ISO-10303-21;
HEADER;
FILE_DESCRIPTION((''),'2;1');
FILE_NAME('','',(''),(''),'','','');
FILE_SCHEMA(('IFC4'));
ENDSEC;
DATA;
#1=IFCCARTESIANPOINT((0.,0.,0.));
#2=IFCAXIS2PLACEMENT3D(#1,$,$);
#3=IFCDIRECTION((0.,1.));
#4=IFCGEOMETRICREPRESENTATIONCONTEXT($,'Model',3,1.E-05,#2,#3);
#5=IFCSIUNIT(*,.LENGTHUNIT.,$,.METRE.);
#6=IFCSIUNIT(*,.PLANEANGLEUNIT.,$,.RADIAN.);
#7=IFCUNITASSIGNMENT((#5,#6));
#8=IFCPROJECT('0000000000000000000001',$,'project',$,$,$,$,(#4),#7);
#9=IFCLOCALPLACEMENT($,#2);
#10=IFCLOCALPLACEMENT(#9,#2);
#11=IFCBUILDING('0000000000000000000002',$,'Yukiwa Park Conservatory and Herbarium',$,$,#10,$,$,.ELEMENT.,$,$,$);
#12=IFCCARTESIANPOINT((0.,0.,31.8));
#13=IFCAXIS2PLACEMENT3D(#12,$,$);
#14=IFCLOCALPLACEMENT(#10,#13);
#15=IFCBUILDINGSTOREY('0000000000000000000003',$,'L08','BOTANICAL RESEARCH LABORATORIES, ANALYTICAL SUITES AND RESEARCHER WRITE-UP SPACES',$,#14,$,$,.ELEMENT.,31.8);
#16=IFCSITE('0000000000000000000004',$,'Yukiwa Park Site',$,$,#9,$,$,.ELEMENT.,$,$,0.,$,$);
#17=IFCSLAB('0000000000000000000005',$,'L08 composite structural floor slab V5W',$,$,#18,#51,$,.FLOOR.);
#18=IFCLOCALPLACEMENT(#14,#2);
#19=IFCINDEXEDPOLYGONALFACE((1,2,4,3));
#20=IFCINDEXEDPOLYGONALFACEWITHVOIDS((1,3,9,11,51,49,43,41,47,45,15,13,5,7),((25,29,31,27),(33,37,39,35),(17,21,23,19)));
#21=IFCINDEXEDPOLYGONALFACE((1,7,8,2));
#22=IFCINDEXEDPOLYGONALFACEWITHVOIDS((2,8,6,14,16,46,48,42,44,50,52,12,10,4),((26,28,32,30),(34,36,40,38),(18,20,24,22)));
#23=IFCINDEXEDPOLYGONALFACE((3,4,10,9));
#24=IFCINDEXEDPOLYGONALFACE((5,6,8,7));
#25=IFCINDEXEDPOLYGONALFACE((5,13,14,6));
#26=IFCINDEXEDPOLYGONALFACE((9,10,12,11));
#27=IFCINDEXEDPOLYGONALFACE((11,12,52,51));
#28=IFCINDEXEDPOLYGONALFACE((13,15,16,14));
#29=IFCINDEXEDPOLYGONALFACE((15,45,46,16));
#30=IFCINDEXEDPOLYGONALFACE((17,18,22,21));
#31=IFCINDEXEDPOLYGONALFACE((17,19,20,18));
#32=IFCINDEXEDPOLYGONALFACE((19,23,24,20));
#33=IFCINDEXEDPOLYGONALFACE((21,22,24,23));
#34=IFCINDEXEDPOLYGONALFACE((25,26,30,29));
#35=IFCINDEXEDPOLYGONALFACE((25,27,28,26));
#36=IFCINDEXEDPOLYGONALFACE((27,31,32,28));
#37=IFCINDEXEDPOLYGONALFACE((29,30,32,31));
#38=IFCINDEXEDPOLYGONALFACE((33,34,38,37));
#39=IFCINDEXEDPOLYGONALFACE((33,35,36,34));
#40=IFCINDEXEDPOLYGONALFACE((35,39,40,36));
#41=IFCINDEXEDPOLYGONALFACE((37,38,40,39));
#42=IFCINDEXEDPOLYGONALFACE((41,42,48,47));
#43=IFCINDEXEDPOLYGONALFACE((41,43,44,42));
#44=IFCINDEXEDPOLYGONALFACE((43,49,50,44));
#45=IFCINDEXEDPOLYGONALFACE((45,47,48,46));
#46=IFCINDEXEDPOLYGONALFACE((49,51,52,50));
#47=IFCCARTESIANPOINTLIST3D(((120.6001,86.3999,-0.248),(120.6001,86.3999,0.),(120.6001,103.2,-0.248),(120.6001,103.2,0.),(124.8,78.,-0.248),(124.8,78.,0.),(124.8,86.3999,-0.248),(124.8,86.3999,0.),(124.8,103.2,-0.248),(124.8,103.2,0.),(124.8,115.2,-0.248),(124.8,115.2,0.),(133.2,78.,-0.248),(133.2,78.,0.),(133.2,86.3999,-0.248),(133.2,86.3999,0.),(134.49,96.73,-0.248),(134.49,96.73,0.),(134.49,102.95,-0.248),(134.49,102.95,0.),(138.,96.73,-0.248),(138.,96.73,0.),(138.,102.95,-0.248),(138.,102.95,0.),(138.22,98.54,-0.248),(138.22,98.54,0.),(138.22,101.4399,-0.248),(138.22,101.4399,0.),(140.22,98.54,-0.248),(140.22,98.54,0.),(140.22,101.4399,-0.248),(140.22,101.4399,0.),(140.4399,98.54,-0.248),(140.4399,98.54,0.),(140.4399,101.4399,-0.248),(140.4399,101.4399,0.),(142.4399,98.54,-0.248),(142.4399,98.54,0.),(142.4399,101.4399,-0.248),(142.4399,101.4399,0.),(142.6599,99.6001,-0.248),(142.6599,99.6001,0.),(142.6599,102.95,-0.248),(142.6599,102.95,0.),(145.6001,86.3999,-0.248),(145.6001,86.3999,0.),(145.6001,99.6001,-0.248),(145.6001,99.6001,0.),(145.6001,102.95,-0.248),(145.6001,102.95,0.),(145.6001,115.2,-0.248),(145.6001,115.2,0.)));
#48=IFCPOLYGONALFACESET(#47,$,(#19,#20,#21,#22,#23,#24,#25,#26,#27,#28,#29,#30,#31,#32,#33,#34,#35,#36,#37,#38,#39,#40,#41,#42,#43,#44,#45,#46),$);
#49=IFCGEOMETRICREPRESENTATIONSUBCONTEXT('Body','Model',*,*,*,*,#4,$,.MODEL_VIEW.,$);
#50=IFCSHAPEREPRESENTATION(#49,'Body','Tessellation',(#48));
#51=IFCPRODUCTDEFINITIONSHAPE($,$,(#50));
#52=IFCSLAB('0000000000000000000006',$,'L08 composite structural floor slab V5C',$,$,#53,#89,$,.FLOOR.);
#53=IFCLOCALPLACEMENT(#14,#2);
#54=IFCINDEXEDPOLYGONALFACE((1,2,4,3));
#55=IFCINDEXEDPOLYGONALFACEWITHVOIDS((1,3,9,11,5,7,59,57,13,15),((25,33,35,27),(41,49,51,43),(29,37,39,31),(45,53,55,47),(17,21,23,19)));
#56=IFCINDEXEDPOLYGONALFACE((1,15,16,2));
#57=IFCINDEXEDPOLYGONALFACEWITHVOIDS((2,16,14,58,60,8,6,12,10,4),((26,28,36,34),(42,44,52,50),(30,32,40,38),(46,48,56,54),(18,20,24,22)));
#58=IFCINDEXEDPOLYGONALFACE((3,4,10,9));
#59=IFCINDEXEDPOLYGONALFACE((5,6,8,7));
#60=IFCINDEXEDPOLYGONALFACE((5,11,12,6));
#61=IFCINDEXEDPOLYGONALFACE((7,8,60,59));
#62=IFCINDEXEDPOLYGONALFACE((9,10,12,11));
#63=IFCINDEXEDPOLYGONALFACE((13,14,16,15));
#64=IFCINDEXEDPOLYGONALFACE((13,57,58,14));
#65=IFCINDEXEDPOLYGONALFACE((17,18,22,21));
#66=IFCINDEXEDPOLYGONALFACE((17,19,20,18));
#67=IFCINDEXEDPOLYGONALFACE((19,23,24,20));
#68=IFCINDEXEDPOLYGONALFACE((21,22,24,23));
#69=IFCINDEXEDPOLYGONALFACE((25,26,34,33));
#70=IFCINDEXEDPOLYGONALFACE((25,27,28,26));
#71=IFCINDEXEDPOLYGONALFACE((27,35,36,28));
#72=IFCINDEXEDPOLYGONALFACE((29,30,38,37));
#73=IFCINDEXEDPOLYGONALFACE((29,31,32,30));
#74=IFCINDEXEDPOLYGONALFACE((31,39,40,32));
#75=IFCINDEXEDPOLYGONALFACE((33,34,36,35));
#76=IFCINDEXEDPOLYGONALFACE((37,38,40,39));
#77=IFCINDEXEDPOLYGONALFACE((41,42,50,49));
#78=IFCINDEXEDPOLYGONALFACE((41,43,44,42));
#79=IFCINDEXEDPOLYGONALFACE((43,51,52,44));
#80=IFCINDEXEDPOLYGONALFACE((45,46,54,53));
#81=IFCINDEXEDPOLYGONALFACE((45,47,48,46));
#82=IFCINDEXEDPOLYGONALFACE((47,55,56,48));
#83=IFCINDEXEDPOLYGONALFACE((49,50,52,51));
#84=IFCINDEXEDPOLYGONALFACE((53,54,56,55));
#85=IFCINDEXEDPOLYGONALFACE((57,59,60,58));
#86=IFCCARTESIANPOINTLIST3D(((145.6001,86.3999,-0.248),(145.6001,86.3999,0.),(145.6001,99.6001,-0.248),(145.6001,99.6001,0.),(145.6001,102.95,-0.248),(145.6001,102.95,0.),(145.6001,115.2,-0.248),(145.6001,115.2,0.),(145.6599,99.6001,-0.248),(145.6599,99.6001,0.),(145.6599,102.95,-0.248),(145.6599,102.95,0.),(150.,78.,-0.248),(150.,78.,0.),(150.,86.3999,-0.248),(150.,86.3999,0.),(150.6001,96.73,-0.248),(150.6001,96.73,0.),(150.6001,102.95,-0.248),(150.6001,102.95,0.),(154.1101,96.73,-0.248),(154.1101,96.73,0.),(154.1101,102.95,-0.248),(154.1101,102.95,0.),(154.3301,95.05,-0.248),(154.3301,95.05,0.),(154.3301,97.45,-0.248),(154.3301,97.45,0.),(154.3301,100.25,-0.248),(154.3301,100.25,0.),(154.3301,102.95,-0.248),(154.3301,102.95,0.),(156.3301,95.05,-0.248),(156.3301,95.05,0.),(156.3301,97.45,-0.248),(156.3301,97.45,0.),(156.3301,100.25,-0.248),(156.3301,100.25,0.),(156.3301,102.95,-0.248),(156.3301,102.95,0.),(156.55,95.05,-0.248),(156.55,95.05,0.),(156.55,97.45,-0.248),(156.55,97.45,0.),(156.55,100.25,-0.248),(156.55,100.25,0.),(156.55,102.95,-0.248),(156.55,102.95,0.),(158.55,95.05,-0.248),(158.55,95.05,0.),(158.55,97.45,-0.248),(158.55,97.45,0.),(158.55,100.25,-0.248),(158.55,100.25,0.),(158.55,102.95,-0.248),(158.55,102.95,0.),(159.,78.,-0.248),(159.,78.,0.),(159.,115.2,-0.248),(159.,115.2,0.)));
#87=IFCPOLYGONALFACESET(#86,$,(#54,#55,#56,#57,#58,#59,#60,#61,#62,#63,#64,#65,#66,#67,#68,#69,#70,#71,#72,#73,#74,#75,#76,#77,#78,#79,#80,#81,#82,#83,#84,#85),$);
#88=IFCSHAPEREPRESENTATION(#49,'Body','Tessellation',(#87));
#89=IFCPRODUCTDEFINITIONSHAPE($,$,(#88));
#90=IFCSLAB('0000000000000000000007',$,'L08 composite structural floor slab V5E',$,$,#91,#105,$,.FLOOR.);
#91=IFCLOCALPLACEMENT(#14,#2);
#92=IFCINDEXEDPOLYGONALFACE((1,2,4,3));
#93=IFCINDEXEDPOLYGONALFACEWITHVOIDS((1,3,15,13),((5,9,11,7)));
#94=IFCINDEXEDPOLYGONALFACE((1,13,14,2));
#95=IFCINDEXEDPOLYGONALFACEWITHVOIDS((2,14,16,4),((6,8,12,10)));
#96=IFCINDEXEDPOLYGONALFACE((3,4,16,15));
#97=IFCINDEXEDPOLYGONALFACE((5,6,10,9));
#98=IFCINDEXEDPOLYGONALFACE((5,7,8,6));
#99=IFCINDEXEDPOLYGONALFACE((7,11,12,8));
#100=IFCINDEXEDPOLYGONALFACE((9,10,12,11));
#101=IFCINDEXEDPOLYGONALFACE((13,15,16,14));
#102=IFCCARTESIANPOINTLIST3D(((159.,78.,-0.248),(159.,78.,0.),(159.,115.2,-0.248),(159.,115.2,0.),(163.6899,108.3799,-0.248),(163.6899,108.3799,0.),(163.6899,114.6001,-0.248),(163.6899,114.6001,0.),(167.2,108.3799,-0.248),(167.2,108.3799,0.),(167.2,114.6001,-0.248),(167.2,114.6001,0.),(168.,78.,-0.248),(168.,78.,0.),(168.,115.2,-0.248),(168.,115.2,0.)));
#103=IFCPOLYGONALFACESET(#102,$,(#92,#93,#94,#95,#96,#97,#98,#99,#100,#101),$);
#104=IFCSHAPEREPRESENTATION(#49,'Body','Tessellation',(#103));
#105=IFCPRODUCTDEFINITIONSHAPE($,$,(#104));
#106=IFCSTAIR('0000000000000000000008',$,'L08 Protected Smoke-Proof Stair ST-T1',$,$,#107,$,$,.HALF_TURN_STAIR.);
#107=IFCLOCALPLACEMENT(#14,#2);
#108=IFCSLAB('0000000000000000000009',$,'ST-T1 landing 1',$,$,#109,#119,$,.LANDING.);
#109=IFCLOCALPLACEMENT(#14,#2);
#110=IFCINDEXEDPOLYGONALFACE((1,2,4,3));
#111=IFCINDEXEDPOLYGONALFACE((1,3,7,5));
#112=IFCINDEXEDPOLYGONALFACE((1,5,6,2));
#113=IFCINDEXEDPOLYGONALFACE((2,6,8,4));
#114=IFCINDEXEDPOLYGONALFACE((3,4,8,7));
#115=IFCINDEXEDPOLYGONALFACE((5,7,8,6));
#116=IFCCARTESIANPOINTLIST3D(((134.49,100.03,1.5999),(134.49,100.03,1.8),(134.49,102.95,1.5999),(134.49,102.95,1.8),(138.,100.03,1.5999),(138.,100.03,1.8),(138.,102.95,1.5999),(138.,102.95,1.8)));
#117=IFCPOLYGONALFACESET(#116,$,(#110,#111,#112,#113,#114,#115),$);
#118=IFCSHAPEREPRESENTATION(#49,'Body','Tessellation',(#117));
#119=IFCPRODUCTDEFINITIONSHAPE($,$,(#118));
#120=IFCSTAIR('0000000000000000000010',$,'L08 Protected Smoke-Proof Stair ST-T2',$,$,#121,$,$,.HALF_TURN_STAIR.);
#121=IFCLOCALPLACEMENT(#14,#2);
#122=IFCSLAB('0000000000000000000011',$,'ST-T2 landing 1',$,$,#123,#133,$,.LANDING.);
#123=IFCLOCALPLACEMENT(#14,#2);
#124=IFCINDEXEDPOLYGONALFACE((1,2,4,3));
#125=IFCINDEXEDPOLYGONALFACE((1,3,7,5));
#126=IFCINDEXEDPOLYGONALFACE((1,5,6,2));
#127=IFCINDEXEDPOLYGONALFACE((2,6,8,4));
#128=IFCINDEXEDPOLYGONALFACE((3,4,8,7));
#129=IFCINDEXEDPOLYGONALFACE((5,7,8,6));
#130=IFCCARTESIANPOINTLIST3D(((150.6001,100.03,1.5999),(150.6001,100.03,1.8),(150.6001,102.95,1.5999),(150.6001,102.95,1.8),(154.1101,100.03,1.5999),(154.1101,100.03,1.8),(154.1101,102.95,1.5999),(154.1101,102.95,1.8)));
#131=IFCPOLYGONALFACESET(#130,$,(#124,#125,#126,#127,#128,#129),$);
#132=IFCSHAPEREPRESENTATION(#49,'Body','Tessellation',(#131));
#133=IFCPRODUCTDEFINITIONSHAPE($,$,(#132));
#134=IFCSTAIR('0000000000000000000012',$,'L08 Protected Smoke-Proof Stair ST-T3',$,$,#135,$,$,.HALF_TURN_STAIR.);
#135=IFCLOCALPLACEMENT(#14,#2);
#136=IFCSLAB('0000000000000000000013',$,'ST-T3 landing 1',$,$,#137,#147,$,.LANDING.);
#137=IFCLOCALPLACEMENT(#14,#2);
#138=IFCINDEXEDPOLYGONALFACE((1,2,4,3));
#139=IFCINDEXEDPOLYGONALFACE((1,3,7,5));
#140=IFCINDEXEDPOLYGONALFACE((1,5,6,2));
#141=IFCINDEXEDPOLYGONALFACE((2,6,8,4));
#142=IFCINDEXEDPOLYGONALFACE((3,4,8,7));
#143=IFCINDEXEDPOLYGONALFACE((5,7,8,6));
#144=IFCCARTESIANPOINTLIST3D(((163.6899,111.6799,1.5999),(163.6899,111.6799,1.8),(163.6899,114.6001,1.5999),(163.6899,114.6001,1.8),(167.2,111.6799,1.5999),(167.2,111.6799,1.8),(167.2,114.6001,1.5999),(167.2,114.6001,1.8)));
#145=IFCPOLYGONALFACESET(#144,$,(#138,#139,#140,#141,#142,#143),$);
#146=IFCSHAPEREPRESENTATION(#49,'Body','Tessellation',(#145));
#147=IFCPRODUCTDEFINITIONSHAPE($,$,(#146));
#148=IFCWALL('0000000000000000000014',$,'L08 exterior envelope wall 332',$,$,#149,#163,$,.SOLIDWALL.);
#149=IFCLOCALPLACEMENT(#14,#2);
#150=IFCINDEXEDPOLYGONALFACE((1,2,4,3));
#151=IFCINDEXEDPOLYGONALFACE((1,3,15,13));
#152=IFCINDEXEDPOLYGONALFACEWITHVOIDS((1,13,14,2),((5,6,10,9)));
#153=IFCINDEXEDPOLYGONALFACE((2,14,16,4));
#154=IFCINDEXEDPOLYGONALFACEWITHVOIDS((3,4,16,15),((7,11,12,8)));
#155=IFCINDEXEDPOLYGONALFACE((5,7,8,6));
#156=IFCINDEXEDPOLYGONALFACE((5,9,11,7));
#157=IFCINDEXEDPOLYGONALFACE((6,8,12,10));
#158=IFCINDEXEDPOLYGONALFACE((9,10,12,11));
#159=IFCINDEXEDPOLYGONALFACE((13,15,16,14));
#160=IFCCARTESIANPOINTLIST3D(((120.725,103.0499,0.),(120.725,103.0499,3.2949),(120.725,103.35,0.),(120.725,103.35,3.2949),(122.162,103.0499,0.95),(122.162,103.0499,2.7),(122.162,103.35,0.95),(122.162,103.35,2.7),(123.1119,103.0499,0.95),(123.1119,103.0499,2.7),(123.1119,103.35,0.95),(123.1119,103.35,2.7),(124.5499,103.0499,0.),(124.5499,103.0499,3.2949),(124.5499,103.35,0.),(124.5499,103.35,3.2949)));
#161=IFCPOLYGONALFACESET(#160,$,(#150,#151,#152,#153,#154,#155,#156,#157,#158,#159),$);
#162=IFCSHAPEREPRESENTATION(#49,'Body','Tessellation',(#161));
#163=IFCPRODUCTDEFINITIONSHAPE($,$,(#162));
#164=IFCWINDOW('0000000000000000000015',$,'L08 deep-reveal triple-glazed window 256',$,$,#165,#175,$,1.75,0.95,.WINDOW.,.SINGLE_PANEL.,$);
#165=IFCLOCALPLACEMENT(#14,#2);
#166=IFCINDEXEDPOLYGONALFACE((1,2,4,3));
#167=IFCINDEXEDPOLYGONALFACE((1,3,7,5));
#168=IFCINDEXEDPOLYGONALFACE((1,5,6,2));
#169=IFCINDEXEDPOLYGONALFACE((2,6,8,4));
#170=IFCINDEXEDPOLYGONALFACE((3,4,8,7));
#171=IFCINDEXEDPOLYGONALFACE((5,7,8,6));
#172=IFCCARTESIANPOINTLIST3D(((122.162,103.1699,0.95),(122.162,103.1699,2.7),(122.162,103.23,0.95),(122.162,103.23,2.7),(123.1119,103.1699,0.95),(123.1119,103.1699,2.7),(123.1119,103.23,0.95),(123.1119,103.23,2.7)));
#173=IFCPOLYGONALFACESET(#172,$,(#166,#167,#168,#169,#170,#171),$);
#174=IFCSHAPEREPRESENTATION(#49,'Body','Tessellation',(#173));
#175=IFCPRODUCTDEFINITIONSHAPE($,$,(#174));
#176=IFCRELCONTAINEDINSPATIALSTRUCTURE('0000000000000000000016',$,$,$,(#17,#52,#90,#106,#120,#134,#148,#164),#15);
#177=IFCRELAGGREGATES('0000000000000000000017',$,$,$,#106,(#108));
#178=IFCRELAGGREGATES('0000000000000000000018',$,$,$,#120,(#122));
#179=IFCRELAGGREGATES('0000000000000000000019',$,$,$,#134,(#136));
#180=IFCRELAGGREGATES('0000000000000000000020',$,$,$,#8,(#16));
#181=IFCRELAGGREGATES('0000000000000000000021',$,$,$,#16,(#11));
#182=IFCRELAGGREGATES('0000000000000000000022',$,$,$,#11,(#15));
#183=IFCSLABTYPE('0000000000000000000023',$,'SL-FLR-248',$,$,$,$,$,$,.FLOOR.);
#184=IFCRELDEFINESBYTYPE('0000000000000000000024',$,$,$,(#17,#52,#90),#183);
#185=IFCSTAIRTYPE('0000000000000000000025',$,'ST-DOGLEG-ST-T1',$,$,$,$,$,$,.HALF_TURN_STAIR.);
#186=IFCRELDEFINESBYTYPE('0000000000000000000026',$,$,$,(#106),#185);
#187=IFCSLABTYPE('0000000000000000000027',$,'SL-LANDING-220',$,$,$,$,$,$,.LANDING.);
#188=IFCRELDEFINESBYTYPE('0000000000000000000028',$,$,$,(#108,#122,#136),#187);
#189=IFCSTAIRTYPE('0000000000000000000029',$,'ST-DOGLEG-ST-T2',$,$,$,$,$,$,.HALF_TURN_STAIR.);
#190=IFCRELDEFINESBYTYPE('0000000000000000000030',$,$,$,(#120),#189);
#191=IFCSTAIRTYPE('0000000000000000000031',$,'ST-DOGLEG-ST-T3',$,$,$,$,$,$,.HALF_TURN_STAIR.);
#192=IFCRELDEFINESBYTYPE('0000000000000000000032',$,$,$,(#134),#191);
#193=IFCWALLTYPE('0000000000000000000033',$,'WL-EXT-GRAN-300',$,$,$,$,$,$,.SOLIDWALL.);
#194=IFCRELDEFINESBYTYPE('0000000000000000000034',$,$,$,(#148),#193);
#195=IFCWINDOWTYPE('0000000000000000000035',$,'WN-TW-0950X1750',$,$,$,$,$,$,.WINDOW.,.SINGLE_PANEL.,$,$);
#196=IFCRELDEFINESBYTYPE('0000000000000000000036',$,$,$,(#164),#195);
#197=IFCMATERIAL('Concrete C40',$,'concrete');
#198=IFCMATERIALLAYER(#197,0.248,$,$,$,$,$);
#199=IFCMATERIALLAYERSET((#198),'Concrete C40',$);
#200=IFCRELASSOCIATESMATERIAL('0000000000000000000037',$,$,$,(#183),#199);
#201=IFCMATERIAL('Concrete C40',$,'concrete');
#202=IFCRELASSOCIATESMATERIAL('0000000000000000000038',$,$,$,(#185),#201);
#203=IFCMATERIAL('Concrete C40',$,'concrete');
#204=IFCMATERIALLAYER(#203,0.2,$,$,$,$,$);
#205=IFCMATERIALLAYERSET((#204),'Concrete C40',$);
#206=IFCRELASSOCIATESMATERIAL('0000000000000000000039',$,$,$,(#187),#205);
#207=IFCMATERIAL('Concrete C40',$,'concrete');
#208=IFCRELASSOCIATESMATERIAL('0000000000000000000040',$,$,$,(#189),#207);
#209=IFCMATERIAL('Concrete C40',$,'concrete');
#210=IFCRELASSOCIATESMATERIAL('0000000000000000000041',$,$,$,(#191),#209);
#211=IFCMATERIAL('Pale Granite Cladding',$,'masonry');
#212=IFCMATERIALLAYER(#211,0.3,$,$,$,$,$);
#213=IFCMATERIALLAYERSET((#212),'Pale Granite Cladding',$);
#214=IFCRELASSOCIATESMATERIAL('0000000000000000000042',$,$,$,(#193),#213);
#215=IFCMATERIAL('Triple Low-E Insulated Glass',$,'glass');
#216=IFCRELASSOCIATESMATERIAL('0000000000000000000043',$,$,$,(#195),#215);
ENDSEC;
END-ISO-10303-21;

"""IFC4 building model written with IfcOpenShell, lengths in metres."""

from ifc_helpers import new_model, si_unit, direction, frame, frame_2d, origin, place, context, subcontext, project, spatial, polyline, rectangle, outline, extrude, material, layer, layer_set, type_object, element, fill, aggregate, save


model = new_model("IFC4")

# Units and contexts
model_context = context("Model", 3, precision=1e-05, world=origin(), true_north=direction((0.0, 1.0)))
body_context = subcontext(model_context, "Body", "Model", "MODEL_VIEW")
ifc_project = project(units=[si_unit("LENGTHUNIT", "METRE"), si_unit("PLANEANGLEUNIT", "RADIAN")], contexts=[model_context])

# Site, building, storey
site_placement = place(None, origin())
site = spatial("IfcSite", under=ifc_project, at=site_placement, Name="Yukiwa Park Site", CompositionType="ELEMENT", RefElevation=0.0)
building_placement = place(site_placement, origin())
building = spatial("IfcBuilding", under=site, at=building_placement, Name="Yukiwa Park Conservatory and Herbarium", CompositionType="ELEMENT")
storey_placement = place(building_placement, frame((0.0, 0.0, 31.8)))
storey = spatial("IfcBuildingStorey", under=building, at=storey_placement, Name="L08", Description="BOTANICAL RESEARCH LABORATORIES, ANALYTICAL SUITES AND RESEARCHER WRITE-UP SPACES", CompositionType="ELEMENT", Elevation=31.8)

# Slabs
ifc_material_1 = material(Name="Concrete C40", Category="concrete")
ifc_layer_1 = layer(ifc_material_1, 0.248)
ifc_layer_set_1 = layer_set([ifc_layer_1], Name="Concrete C40")
slab_type_1 = type_object("IfcSlabType", Name="SL-FLR-248", PredefinedType="FLOOR", material=ifc_layer_set_1)
slab_1_placement = place(storey_placement, frame((0.0, 0.0, -0.248)))
element("IfcSlab", 1, at=slab_1_placement, inside=storey, type_object=slab_type_1, Name="L08 composite structural floor slab V5W", PredefinedType="FLOOR", context=body_context, shape_type="SweptSolid", body=[
    extrude(outline(polyline([(133.2, 78.0), (124.8, 78.0), (124.8, 86.3999), (120.6001, 86.3999), (120.6001, 103.2), (124.8, 103.2), (124.8, 115.2), (145.6001, 115.2), (145.6001, 102.95), (142.6599, 102.95), (142.6599, 99.6001), (145.6001, 99.6001), (145.6001, 86.3999), (133.2, 86.3999), (133.2, 78.0)]), holes=[polyline([(134.49, 102.95), (134.49, 96.73), (138.0, 96.73), (138.0, 102.95), (134.49, 102.95)]), polyline([(140.22, 101.4399), (138.22, 101.4399), (138.22, 98.54), (140.22, 98.54), (140.22, 101.4399)]), polyline([(140.4399, 101.4399), (140.4399, 98.54), (142.4399, 98.54), (142.4399, 101.4399), (140.4399, 101.4399)])]), origin(), (0.0, 0.0, 1.0), 0.248),
])
slab_2_placement = place(storey_placement, frame((0.0, 0.0, -0.248)))
element("IfcSlab", 2, at=slab_2_placement, inside=storey, type_object=slab_type_1, Name="L08 composite structural floor slab V5C", PredefinedType="FLOOR", context=body_context, shape_type="SweptSolid", body=[
    extrude(outline(polyline([(150.0, 86.3999), (145.6001, 86.3999), (145.6001, 99.6001), (145.6599, 99.6001), (145.6599, 102.95), (145.6001, 102.95), (145.6001, 115.2), (159.0, 115.2), (159.0, 78.0), (150.0, 78.0), (150.0, 86.3999)]), holes=[polyline([(154.3301, 97.45), (154.3301, 95.05), (156.3301, 95.05), (156.3301, 97.45), (154.3301, 97.45)]), polyline([(156.55, 97.45), (156.55, 95.05), (158.55, 95.05), (158.55, 97.45), (156.55, 97.45)]), polyline([(154.1101, 102.95), (150.6001, 102.95), (150.6001, 96.73), (154.1101, 96.73), (154.1101, 102.95)]), polyline([(154.3301, 102.95), (154.3301, 100.25), (156.3301, 100.25), (156.3301, 102.95), (154.3301, 102.95)]), polyline([(158.55, 102.95), (156.55, 102.95), (156.55, 100.25), (158.55, 100.25), (158.55, 102.95)])]), origin(), (0.0, 0.0, 1.0), 0.248),
])
slab_3_placement = place(storey_placement, frame((0.0, 0.0, -0.248)))
element("IfcSlab", 3, at=slab_3_placement, inside=storey, type_object=slab_type_1, Name="L08 composite structural floor slab V5E", PredefinedType="FLOOR", context=body_context, shape_type="SweptSolid", body=[
    extrude(outline(polyline([(168.0, 78.0), (159.0, 78.0), (159.0, 115.2), (168.0, 115.2), (168.0, 78.0)]), holes=[polyline([(167.2, 114.6001), (163.6899, 114.6001), (163.6899, 108.3799), (167.2, 108.3799), (167.2, 114.6001)])]), origin(), (0.0, 0.0, 1.0), 0.248),
])

# Stairs, slabs
ifc_material_2 = material(Name="Concrete C40", Category="concrete")
stair_type_1 = type_object("IfcStairType", Name="ST-DOGLEG-ST-T1", PredefinedType="HALF_TURN_STAIR", material=ifc_material_2)
stair_1_placement = place(storey_placement, origin())
stair_1 = element("IfcStair", 4, at=stair_1_placement, inside=storey, type_object=stair_type_1, Name="L08 Protected Smoke-Proof Stair ST-T1", PredefinedType="HALF_TURN_STAIR")
ifc_material_3 = material(Name="Concrete C40", Category="concrete")
ifc_layer_2 = layer(ifc_material_3, 0.2)
ifc_layer_set_2 = layer_set([ifc_layer_2], Name="Concrete C40")
slab_type_2 = type_object("IfcSlabType", Name="SL-LANDING-220", PredefinedType="LANDING", material=ifc_layer_set_2)
slab_4_placement = place(storey_placement, frame((0.0, 0.0, 1.5999)))
slab_4 = element("IfcSlab", 5, at=slab_4_placement, type_object=slab_type_2, Name="ST-T1 landing 1", PredefinedType="LANDING", context=body_context, shape_type="SweptSolid", body=[
    extrude(outline(polyline([(138.0, 100.03), (138.0, 102.95), (134.49, 102.95), (134.49, 100.03), (138.0, 100.03)])), origin(), (0.0, 0.0, 1.0), 0.2002),
])
aggregate(stair_1, [slab_4])
ifc_material_4 = material(Name="Concrete C40", Category="concrete")
stair_type_2 = type_object("IfcStairType", Name="ST-DOGLEG-ST-T2", PredefinedType="HALF_TURN_STAIR", material=ifc_material_4)
stair_2_placement = place(storey_placement, origin())
stair_2 = element("IfcStair", 6, at=stair_2_placement, inside=storey, type_object=stair_type_2, Name="L08 Protected Smoke-Proof Stair ST-T2", PredefinedType="HALF_TURN_STAIR")
slab_5_placement = place(storey_placement, frame((0.0, 0.0, 1.5999)))
slab_5 = element("IfcSlab", 7, at=slab_5_placement, type_object=slab_type_2, Name="ST-T2 landing 1", PredefinedType="LANDING", context=body_context, shape_type="SweptSolid", body=[
    extrude(outline(polyline([(154.1101, 100.03), (154.1101, 102.95), (150.6001, 102.95), (150.6001, 100.03), (154.1101, 100.03)])), origin(), (0.0, 0.0, 1.0), 0.2002),
])
aggregate(stair_2, [slab_5])
ifc_material_5 = material(Name="Concrete C40", Category="concrete")
stair_type_3 = type_object("IfcStairType", Name="ST-DOGLEG-ST-T3", PredefinedType="HALF_TURN_STAIR", material=ifc_material_5)
stair_3_placement = place(storey_placement, origin())
stair_3 = element("IfcStair", 8, at=stair_3_placement, inside=storey, type_object=stair_type_3, Name="L08 Protected Smoke-Proof Stair ST-T3", PredefinedType="HALF_TURN_STAIR")
slab_6_placement = place(storey_placement, frame((0.0, 0.0, 1.5999)))
slab_6 = element("IfcSlab", 9, at=slab_6_placement, type_object=slab_type_2, Name="ST-T3 landing 1", PredefinedType="LANDING", context=body_context, shape_type="SweptSolid", body=[
    extrude(outline(polyline([(167.2, 111.6799), (167.2, 114.6001), (163.6899, 114.6001), (163.6899, 111.6799), (167.2, 111.6799)])), origin(), (0.0, 0.0, 1.0), 0.2002),
])
aggregate(stair_3, [slab_6])

# Wall, opening, window
ifc_material_6 = material(Name="Pale Granite Cladding", Category="masonry")
ifc_layer_3 = layer(ifc_material_6, 0.3)
ifc_layer_set_3 = layer_set([ifc_layer_3], Name="Pale Granite Cladding")
wall_type_1 = type_object("IfcWallType", Name="WL-EXT-GRAN-300", PredefinedType="SOLIDWALL", material=ifc_layer_set_3)
wall_1_placement = place(storey_placement, frame((124.55, 103.2, 0.0), z_axis=(0.0, 0.0, 1.0), x_axis=(-1.0, 0.0, 0.0)))
wall_1 = element("IfcWall", 10, at=wall_1_placement, inside=storey, type_object=wall_type_1, Name="L08 exterior envelope wall 332", PredefinedType="SOLIDWALL", context=body_context, shape_type="SweptSolid", body=[
    extrude(rectangle(XDim=3.825, YDim=0.3, at=frame_2d((1.9126, 0.0))), origin(), (0.0, 0.0, 1.0), 3.2949),
])
opening_1_placement = place(wall_1_placement, frame((1.438, 0.0, 0.95)))
opening_1 = element("IfcOpeningElement", 11, at=opening_1_placement, cuts=wall_1, PredefinedType="OPENING", context=body_context, shape_type="SweptSolid", body=[
    extrude(rectangle(XDim=0.95, YDim=1.75, at=frame_2d((0.4751, 0.875))), frame((0.0, 0.1602, 0.0), z_axis=(0.0, -1.0, 0.0), x_axis=(1.0, 0.0, 0.0)), (0.0, 0.0, 1.0), 0.3201),
])
ifc_material_7 = material(Name="Triple Low-E Insulated Glass", Category="glass")
window_type_1 = type_object("IfcWindowType", Name="WN-TW-0950X1750", PartitioningType="SINGLE_PANEL", PredefinedType="WINDOW", material=ifc_material_7)
window_1_placement = place(opening_1_placement, origin())
window_1 = element("IfcWindow", 12, at=window_1_placement, inside=storey, type_object=window_type_1, Name="L08 deep-reveal triple-glazed window 256", OverallHeight=1.75, OverallWidth=0.95, PartitioningType="SINGLE_PANEL", PredefinedType="WINDOW", context=body_context, shape_type="SweptSolid", body=[
    extrude(rectangle(XDim=0.95, YDim=1.75, at=frame_2d((0.4751, 0.875))), frame((0.0, 0.03, 0.0), z_axis=(0.0, -1.0, 0.0), x_axis=(1.0, 0.0, 0.0)), (0.0, 0.0, 1.0), 0.0601),
])
fill(opening_1, window_1)

save(model, "model.ifc")
